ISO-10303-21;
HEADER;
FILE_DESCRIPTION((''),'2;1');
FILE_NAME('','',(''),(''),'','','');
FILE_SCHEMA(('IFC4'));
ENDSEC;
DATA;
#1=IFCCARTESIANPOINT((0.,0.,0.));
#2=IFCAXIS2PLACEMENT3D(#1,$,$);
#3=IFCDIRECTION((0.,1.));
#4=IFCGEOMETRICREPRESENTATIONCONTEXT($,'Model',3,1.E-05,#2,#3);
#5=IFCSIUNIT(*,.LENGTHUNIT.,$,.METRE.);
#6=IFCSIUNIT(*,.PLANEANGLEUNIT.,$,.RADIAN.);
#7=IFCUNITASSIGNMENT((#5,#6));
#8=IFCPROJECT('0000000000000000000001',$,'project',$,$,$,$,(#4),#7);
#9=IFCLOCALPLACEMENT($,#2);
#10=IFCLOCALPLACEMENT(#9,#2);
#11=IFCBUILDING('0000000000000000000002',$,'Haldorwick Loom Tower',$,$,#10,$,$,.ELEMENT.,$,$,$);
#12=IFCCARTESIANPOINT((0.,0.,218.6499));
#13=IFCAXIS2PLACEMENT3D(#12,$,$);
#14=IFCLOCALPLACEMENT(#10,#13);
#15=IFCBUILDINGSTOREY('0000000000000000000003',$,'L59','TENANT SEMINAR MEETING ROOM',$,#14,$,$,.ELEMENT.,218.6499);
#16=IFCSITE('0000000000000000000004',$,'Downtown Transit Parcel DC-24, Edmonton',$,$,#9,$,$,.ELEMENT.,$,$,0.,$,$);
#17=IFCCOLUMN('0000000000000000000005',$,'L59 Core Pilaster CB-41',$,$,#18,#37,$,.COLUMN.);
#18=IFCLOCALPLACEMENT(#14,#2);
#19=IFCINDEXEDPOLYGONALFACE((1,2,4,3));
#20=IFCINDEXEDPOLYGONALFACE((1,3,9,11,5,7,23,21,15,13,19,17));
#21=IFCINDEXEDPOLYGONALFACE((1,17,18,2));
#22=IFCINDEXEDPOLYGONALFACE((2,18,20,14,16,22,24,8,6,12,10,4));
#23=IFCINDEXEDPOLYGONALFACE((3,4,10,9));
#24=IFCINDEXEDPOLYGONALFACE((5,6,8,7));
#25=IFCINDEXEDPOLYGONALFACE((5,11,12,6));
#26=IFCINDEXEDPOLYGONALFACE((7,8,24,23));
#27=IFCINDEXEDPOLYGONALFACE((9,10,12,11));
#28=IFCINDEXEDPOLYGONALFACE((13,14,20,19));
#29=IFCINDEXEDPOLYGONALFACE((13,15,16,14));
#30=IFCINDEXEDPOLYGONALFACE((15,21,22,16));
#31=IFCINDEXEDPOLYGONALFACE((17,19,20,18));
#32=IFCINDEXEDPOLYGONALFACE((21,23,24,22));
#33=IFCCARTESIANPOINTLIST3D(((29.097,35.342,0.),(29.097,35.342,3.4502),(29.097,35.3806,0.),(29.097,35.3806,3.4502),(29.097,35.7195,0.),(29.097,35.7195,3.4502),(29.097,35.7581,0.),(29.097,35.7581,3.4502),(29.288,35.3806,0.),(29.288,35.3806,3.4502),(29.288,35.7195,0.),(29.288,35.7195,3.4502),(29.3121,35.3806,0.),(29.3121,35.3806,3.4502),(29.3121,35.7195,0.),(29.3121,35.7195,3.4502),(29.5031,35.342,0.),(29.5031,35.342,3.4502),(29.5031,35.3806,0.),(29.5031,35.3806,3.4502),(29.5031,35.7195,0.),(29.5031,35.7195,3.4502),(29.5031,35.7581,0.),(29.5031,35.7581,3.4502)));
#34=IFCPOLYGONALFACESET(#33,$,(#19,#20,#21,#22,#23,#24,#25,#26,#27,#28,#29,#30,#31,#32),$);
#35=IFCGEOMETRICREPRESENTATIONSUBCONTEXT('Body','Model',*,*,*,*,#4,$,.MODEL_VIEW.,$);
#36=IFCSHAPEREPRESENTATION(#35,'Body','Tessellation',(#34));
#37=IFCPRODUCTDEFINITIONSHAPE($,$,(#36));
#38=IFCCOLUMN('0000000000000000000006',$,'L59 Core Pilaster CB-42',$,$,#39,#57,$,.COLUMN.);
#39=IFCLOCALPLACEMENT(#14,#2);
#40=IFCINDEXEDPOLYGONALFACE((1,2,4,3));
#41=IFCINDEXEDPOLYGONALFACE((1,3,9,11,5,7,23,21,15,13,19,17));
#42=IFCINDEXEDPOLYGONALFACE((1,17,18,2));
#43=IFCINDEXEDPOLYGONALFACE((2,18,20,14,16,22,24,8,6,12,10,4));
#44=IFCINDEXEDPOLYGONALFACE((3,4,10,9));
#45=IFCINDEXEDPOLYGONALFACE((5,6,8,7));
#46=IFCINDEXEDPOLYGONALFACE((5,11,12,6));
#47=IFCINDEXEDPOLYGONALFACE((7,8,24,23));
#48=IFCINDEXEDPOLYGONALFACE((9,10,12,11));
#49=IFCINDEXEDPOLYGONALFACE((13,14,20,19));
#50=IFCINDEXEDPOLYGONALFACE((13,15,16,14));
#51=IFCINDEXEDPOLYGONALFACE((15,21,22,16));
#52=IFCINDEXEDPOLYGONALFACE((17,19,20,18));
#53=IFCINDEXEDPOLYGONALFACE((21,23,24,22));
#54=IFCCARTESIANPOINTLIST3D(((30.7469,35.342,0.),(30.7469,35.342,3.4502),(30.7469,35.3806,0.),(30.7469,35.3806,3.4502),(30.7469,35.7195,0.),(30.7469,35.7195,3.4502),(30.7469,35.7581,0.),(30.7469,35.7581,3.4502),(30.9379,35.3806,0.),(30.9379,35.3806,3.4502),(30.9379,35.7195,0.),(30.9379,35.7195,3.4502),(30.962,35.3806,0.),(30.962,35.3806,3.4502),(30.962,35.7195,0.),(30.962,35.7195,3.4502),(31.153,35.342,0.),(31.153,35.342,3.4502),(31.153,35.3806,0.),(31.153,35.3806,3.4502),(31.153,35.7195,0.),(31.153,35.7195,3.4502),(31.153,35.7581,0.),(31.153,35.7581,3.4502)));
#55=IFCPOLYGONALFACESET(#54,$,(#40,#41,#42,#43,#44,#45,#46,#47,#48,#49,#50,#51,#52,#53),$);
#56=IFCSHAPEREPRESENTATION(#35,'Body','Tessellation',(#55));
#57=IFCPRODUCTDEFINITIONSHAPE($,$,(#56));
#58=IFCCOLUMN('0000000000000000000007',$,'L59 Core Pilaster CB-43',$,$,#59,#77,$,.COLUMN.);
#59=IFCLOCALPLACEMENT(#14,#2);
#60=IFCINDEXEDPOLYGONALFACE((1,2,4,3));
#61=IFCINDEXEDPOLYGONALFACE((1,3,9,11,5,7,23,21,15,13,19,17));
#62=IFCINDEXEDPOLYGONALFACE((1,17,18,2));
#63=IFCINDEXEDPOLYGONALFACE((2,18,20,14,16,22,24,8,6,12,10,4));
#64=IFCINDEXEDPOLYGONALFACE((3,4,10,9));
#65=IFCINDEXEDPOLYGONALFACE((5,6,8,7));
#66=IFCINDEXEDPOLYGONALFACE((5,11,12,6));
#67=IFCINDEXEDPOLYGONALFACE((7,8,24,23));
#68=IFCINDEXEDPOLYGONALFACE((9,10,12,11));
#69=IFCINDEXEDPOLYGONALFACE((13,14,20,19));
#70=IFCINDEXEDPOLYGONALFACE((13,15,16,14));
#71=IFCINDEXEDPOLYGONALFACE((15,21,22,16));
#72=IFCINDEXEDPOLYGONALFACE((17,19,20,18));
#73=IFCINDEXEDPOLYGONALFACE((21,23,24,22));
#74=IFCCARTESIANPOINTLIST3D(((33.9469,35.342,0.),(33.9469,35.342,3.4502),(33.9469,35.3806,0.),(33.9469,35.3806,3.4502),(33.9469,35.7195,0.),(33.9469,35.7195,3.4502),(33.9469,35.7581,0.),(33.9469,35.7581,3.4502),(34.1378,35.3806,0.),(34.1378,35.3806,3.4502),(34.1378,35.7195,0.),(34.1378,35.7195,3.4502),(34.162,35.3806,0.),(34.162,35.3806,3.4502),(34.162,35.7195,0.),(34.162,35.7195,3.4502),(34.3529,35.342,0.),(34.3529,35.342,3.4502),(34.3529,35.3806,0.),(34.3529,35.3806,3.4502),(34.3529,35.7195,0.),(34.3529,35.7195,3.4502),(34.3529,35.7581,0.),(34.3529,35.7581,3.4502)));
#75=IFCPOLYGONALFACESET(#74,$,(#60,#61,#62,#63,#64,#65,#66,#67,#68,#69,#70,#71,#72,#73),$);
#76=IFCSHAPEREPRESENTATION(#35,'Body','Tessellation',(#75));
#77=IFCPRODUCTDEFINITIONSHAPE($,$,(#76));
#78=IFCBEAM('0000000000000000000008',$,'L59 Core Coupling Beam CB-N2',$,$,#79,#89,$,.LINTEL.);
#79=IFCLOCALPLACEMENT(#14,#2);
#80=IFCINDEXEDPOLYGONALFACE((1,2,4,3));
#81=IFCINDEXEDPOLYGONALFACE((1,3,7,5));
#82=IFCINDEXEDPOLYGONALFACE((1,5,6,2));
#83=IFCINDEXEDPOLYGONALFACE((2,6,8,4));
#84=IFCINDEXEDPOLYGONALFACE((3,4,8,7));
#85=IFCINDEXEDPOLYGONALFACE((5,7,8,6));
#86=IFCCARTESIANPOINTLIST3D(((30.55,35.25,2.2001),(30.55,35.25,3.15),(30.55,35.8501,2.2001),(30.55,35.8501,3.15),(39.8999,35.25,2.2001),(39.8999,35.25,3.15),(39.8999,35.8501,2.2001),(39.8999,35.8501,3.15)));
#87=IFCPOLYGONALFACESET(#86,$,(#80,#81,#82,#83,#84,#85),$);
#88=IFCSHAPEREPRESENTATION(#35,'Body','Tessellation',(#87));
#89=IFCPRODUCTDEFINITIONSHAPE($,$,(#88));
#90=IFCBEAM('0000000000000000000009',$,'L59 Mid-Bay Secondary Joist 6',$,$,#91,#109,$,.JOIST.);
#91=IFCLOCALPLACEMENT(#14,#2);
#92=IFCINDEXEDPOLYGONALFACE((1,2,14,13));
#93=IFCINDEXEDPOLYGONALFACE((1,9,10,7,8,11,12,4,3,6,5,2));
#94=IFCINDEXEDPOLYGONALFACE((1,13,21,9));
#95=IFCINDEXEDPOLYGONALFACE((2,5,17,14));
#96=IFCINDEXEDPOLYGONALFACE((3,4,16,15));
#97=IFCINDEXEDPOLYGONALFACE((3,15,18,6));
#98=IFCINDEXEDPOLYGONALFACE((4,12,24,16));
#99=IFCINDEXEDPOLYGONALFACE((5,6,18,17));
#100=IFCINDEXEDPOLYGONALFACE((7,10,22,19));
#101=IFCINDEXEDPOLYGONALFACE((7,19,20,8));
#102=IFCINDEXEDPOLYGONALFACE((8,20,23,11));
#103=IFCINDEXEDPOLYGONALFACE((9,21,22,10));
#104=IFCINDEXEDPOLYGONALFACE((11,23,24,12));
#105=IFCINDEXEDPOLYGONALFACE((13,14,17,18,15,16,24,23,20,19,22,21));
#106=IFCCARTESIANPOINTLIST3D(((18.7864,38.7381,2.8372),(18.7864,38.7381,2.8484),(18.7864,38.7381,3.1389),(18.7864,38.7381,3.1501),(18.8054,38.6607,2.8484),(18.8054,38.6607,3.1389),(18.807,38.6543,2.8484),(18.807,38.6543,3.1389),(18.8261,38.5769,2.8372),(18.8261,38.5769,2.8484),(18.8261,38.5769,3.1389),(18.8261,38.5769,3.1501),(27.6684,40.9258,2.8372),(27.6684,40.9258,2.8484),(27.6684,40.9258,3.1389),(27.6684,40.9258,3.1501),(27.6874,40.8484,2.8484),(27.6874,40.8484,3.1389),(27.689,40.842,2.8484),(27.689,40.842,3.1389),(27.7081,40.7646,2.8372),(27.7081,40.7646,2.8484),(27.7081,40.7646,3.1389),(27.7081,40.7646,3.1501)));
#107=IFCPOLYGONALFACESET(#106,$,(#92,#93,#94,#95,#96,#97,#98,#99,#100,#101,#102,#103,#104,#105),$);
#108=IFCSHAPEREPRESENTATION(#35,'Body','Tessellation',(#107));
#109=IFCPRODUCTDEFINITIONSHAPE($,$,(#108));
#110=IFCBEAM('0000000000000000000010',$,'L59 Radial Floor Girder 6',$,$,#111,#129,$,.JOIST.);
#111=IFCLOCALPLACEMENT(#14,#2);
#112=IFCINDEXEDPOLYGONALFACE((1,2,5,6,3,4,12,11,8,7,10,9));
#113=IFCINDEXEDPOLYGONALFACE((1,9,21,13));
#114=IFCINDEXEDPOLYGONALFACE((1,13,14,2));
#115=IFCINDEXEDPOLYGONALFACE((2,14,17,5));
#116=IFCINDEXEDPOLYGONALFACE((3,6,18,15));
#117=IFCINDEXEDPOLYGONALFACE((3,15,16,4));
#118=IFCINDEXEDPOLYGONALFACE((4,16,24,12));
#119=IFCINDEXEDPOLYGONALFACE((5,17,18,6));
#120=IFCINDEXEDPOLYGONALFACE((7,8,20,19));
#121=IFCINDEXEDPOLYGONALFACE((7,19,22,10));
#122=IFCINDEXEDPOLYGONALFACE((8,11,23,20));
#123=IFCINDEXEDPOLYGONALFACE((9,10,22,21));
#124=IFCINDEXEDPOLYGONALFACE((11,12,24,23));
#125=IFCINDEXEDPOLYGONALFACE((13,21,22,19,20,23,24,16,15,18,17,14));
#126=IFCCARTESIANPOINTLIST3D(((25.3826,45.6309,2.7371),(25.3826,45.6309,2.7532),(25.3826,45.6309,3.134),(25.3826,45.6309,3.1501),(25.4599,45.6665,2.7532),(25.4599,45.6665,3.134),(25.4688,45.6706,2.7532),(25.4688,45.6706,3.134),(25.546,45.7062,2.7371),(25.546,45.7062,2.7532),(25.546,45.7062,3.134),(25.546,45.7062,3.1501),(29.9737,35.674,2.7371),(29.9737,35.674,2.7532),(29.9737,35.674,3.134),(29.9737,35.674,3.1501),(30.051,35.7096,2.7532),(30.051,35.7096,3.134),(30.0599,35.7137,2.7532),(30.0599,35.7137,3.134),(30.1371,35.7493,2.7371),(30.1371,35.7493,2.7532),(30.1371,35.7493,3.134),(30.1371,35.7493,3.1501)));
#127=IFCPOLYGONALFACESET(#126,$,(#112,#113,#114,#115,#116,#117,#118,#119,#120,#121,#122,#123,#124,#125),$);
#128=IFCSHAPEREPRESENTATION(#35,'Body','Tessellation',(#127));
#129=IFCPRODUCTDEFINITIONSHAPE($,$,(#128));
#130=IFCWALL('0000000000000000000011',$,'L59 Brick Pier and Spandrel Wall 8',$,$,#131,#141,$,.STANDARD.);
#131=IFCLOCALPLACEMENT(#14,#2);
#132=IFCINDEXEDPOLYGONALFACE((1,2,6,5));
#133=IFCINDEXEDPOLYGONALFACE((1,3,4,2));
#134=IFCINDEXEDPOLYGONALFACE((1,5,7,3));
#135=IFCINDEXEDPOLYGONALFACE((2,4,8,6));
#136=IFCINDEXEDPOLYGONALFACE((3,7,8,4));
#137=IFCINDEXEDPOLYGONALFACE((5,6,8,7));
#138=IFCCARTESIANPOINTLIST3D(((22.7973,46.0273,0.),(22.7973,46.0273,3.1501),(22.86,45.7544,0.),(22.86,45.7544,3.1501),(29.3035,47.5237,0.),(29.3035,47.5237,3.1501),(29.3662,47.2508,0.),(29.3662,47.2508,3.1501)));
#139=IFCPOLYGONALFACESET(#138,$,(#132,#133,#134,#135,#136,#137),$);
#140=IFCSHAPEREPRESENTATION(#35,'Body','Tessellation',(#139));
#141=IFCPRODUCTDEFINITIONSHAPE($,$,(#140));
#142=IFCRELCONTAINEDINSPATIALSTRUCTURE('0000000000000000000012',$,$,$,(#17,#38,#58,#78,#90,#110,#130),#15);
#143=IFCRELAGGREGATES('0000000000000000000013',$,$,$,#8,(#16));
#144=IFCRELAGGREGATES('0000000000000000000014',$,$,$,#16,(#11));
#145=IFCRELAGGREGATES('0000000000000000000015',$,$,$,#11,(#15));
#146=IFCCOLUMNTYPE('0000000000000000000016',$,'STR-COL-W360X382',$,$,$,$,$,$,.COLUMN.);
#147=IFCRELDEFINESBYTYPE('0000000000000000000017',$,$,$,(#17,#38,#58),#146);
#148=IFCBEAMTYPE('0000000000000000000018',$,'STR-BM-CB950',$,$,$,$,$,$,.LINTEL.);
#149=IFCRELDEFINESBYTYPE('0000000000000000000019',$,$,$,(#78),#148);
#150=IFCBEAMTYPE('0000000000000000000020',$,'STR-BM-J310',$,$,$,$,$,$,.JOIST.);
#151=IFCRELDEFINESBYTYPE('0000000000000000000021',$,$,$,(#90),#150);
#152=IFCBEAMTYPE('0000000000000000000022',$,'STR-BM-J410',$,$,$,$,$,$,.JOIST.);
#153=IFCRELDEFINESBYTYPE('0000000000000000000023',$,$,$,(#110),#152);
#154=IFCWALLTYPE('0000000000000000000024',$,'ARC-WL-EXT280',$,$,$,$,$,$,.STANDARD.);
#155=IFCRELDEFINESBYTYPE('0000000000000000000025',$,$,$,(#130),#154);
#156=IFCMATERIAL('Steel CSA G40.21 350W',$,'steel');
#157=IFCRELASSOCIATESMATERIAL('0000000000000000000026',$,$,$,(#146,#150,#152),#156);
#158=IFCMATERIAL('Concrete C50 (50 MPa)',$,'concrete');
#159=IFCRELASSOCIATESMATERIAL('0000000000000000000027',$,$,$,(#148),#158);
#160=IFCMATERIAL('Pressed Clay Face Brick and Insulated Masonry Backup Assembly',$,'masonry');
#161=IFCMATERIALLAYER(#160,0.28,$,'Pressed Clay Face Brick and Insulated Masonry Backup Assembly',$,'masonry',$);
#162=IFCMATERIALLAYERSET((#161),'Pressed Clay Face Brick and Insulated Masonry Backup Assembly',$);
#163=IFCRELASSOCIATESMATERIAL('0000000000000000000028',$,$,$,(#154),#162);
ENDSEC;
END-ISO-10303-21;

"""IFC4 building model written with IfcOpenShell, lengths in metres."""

from ifc_helpers import new_model, si_unit, direction, frame, frame_2d, origin, origin_2d, place, context, subcontext, project, spatial, rectangle, i_section, extrude, material, layer, layer_set, material_profile, profile_set, type_object, element, save


model = new_model("IFC4")

# Units and contexts
model_context = context("Model", 3, precision=1e-05, world=origin(), true_north=direction((0.0, 1.0)))
body_context = subcontext(model_context, "Body", "Model", "MODEL_VIEW")
ifc_project = project(units=[si_unit("LENGTHUNIT", "METRE"), si_unit("PLANEANGLEUNIT", "RADIAN")], contexts=[model_context])

# Site, building, storey
site_placement = place(None, origin())
site = spatial("IfcSite", under=ifc_project, at=site_placement, Name="Downtown Transit Parcel DC-24, Edmonton", CompositionType="ELEMENT", RefElevation=0.0)
building_placement = place(site_placement, origin())
building = spatial("IfcBuilding", under=site, at=building_placement, Name="Haldorwick Loom Tower", CompositionType="ELEMENT")
storey_placement = place(building_placement, frame((0.0, 0.0, 218.6499)))
storey = spatial("IfcBuildingStorey", under=building, at=storey_placement, Name="L59", Description="TENANT SEMINAR MEETING ROOM", CompositionType="ELEMENT", Elevation=218.6499)

# Columns
ifc_material_1 = material(Name="Steel CSA G40.21 350W", Category="steel")
ifc_material_profile_1 = material_profile(ifc_material_1, i_section(OverallWidth=0.406, OverallDepth=0.416, WebThickness=0.0242, FlangeThickness=0.0386, at=origin_2d()), Name="W360X382", Category="steel")
ifc_profile_set_1 = profile_set([ifc_material_profile_1], Name="Steel CSA G40.21 350W")
column_type_1 = type_object("IfcColumnType", Name="STR-COL-W360X382", PredefinedType="COLUMN", material=ifc_profile_set_1)
for number, where, z_axis, x_axis, name in (
    (1, (29.3, 35.55, 0.0), (0.0, 0.0, 1.0), (1.0, 0.0, 0.0), "L59 Core Pilaster CB-41"),
    (2, (30.95, 35.55, 0.0), (0.0, 0.0, 1.0), (1.0, 0.0, 0.0), "L59 Core Pilaster CB-42"),
    (3, (34.1499, 35.55, 0.0), (0.0, 0.0, 1.0), (1.0, 0.0, 0.0), "L59 Core Pilaster CB-43"),
):
    element("IfcColumn", number, at=place(storey_placement, frame(where, z_axis=z_axis, x_axis=x_axis)), inside=storey, type_object=column_type_1, Name=name, PredefinedType="COLUMN", context=body_context, shape_type="SweptSolid", body=[
        extrude(i_section(OverallWidth=0.406, OverallDepth=0.416, WebThickness=0.0242, FlangeThickness=0.0386, at=origin_2d()), origin(), (0.0, 0.0, 1.0), 3.4502),
    ])

# Beams
ifc_material_2 = material(Name="Concrete C50 (50 MPa)", Category="concrete")
ifc_material_profile_2 = material_profile(ifc_material_2, rectangle(XDim=0.6001, YDim=0.95, at=origin_2d()), Name="RC600X950", Category="concrete")
ifc_profile_set_2 = profile_set([ifc_material_profile_2], Name="Concrete C50 (50 MPa)")
beam_type_1 = type_object("IfcBeamType", Name="STR-BM-CB950", PredefinedType="LINTEL", material=ifc_profile_set_2)
beam_1_placement = place(storey_placement, frame((30.55, 35.55, 2.675), z_axis=(1.0, 0.0, 0.0), x_axis=(0.0, 1.0, 0.0)))
element("IfcBeam", 4, at=beam_1_placement, inside=storey, type_object=beam_type_1, Name="L59 Core Coupling Beam CB-N2", PredefinedType="LINTEL", context=body_context, shape_type="SweptSolid", body=[
    extrude(rectangle(XDim=0.6001, YDim=0.95, at=origin_2d()), origin(), (0.0, 0.0, 1.0), 9.3499),
])
ifc_material_profile_3 = material_profile(ifc_material_1, i_section(OverallWidth=0.166, OverallDepth=0.313, WebThickness=0.0066, FlangeThickness=0.0112, at=origin_2d()), Name="W310X45", Category="steel")
ifc_profile_set_3 = profile_set([ifc_material_profile_3], Name="Steel CSA G40.21 350W")
beam_type_2 = type_object("IfcBeamType", Name="STR-BM-J310", PredefinedType="JOIST", material=ifc_profile_set_3)
beam_2_placement = place(storey_placement, frame((27.6882, 40.8452, 2.9937), z_axis=(-0.97098, -0.239162, 0.0), x_axis=(0.239162, -0.97098, 0.0)))
element("IfcBeam", 5, at=beam_2_placement, inside=storey, type_object=beam_type_2, Name="L59 Mid-Bay Secondary Joist 6", PredefinedType="JOIST", context=body_context, shape_type="SweptSolid", body=[
    extrude(i_section(OverallWidth=0.166, OverallDepth=0.313, WebThickness=0.0066, FlangeThickness=0.0112, at=origin_2d()), origin(), (0.0, 0.0, 1.0), 9.1475),
])
ifc_material_profile_4 = material_profile(ifc_material_1, i_section(OverallWidth=0.1799, OverallDepth=0.4131, WebThickness=0.0098, FlangeThickness=0.0161, at=origin_2d()), Name="W410X74", Category="steel")
ifc_profile_set_4 = profile_set([ifc_material_profile_4], Name="Steel CSA G40.21 350W")
beam_type_3 = type_object("IfcBeamType", Name="STR-BM-J410", PredefinedType="JOIST", material=ifc_profile_set_4)
beam_3_placement = place(storey_placement, frame((30.0554, 35.7117, 2.9436), z_axis=(-0.418729, 0.908111, 0.0), x_axis=(-0.908111, -0.418729, 0.0)))
element("IfcBeam", 6, at=beam_3_placement, inside=storey, type_object=beam_type_3, Name="L59 Radial Floor Girder 6", PredefinedType="JOIST", context=body_context, shape_type="SweptSolid", body=[
    extrude(i_section(OverallWidth=0.1799, OverallDepth=0.4131, WebThickness=0.0098, FlangeThickness=0.0161, at=origin_2d()), origin(), (0.0, 0.0, 1.0), 10.9644),
])

# Wall
ifc_material_3 = material(Name="Pressed Clay Face Brick and Insulated Masonry Backup Assembly", Category="masonry")
ifc_layer = layer(ifc_material_3, 0.28, Name="Pressed Clay Face Brick and Insulated Masonry Backup Assembly", Category="masonry")
ifc_layer_set = layer_set([ifc_layer], Name="Pressed Clay Face Brick and Insulated Masonry Backup Assembly")
wall_type = type_object("IfcWallType", Name="ARC-WL-EXT280", PredefinedType="STANDARD", material=ifc_layer_set)
wall_placement = place(storey_placement, frame((29.3347, 47.3872, 0.0), z_axis=(0.0, 0.0, 1.0), x_axis=(-0.974557, -0.224138, 0.0)))
element("IfcWall", 7, at=wall_placement, inside=storey, type_object=wall_type, Name="L59 Brick Pier and Spandrel Wall 8", PredefinedType="STANDARD", context=body_context, shape_type="SweptSolid", body=[
    extrude(rectangle(XDim=6.676, YDim=0.28, at=frame_2d((3.3379, 0.0))), origin(), (0.0, 0.0, 1.0), 3.1501),
])

save(model, "model.ifc")
